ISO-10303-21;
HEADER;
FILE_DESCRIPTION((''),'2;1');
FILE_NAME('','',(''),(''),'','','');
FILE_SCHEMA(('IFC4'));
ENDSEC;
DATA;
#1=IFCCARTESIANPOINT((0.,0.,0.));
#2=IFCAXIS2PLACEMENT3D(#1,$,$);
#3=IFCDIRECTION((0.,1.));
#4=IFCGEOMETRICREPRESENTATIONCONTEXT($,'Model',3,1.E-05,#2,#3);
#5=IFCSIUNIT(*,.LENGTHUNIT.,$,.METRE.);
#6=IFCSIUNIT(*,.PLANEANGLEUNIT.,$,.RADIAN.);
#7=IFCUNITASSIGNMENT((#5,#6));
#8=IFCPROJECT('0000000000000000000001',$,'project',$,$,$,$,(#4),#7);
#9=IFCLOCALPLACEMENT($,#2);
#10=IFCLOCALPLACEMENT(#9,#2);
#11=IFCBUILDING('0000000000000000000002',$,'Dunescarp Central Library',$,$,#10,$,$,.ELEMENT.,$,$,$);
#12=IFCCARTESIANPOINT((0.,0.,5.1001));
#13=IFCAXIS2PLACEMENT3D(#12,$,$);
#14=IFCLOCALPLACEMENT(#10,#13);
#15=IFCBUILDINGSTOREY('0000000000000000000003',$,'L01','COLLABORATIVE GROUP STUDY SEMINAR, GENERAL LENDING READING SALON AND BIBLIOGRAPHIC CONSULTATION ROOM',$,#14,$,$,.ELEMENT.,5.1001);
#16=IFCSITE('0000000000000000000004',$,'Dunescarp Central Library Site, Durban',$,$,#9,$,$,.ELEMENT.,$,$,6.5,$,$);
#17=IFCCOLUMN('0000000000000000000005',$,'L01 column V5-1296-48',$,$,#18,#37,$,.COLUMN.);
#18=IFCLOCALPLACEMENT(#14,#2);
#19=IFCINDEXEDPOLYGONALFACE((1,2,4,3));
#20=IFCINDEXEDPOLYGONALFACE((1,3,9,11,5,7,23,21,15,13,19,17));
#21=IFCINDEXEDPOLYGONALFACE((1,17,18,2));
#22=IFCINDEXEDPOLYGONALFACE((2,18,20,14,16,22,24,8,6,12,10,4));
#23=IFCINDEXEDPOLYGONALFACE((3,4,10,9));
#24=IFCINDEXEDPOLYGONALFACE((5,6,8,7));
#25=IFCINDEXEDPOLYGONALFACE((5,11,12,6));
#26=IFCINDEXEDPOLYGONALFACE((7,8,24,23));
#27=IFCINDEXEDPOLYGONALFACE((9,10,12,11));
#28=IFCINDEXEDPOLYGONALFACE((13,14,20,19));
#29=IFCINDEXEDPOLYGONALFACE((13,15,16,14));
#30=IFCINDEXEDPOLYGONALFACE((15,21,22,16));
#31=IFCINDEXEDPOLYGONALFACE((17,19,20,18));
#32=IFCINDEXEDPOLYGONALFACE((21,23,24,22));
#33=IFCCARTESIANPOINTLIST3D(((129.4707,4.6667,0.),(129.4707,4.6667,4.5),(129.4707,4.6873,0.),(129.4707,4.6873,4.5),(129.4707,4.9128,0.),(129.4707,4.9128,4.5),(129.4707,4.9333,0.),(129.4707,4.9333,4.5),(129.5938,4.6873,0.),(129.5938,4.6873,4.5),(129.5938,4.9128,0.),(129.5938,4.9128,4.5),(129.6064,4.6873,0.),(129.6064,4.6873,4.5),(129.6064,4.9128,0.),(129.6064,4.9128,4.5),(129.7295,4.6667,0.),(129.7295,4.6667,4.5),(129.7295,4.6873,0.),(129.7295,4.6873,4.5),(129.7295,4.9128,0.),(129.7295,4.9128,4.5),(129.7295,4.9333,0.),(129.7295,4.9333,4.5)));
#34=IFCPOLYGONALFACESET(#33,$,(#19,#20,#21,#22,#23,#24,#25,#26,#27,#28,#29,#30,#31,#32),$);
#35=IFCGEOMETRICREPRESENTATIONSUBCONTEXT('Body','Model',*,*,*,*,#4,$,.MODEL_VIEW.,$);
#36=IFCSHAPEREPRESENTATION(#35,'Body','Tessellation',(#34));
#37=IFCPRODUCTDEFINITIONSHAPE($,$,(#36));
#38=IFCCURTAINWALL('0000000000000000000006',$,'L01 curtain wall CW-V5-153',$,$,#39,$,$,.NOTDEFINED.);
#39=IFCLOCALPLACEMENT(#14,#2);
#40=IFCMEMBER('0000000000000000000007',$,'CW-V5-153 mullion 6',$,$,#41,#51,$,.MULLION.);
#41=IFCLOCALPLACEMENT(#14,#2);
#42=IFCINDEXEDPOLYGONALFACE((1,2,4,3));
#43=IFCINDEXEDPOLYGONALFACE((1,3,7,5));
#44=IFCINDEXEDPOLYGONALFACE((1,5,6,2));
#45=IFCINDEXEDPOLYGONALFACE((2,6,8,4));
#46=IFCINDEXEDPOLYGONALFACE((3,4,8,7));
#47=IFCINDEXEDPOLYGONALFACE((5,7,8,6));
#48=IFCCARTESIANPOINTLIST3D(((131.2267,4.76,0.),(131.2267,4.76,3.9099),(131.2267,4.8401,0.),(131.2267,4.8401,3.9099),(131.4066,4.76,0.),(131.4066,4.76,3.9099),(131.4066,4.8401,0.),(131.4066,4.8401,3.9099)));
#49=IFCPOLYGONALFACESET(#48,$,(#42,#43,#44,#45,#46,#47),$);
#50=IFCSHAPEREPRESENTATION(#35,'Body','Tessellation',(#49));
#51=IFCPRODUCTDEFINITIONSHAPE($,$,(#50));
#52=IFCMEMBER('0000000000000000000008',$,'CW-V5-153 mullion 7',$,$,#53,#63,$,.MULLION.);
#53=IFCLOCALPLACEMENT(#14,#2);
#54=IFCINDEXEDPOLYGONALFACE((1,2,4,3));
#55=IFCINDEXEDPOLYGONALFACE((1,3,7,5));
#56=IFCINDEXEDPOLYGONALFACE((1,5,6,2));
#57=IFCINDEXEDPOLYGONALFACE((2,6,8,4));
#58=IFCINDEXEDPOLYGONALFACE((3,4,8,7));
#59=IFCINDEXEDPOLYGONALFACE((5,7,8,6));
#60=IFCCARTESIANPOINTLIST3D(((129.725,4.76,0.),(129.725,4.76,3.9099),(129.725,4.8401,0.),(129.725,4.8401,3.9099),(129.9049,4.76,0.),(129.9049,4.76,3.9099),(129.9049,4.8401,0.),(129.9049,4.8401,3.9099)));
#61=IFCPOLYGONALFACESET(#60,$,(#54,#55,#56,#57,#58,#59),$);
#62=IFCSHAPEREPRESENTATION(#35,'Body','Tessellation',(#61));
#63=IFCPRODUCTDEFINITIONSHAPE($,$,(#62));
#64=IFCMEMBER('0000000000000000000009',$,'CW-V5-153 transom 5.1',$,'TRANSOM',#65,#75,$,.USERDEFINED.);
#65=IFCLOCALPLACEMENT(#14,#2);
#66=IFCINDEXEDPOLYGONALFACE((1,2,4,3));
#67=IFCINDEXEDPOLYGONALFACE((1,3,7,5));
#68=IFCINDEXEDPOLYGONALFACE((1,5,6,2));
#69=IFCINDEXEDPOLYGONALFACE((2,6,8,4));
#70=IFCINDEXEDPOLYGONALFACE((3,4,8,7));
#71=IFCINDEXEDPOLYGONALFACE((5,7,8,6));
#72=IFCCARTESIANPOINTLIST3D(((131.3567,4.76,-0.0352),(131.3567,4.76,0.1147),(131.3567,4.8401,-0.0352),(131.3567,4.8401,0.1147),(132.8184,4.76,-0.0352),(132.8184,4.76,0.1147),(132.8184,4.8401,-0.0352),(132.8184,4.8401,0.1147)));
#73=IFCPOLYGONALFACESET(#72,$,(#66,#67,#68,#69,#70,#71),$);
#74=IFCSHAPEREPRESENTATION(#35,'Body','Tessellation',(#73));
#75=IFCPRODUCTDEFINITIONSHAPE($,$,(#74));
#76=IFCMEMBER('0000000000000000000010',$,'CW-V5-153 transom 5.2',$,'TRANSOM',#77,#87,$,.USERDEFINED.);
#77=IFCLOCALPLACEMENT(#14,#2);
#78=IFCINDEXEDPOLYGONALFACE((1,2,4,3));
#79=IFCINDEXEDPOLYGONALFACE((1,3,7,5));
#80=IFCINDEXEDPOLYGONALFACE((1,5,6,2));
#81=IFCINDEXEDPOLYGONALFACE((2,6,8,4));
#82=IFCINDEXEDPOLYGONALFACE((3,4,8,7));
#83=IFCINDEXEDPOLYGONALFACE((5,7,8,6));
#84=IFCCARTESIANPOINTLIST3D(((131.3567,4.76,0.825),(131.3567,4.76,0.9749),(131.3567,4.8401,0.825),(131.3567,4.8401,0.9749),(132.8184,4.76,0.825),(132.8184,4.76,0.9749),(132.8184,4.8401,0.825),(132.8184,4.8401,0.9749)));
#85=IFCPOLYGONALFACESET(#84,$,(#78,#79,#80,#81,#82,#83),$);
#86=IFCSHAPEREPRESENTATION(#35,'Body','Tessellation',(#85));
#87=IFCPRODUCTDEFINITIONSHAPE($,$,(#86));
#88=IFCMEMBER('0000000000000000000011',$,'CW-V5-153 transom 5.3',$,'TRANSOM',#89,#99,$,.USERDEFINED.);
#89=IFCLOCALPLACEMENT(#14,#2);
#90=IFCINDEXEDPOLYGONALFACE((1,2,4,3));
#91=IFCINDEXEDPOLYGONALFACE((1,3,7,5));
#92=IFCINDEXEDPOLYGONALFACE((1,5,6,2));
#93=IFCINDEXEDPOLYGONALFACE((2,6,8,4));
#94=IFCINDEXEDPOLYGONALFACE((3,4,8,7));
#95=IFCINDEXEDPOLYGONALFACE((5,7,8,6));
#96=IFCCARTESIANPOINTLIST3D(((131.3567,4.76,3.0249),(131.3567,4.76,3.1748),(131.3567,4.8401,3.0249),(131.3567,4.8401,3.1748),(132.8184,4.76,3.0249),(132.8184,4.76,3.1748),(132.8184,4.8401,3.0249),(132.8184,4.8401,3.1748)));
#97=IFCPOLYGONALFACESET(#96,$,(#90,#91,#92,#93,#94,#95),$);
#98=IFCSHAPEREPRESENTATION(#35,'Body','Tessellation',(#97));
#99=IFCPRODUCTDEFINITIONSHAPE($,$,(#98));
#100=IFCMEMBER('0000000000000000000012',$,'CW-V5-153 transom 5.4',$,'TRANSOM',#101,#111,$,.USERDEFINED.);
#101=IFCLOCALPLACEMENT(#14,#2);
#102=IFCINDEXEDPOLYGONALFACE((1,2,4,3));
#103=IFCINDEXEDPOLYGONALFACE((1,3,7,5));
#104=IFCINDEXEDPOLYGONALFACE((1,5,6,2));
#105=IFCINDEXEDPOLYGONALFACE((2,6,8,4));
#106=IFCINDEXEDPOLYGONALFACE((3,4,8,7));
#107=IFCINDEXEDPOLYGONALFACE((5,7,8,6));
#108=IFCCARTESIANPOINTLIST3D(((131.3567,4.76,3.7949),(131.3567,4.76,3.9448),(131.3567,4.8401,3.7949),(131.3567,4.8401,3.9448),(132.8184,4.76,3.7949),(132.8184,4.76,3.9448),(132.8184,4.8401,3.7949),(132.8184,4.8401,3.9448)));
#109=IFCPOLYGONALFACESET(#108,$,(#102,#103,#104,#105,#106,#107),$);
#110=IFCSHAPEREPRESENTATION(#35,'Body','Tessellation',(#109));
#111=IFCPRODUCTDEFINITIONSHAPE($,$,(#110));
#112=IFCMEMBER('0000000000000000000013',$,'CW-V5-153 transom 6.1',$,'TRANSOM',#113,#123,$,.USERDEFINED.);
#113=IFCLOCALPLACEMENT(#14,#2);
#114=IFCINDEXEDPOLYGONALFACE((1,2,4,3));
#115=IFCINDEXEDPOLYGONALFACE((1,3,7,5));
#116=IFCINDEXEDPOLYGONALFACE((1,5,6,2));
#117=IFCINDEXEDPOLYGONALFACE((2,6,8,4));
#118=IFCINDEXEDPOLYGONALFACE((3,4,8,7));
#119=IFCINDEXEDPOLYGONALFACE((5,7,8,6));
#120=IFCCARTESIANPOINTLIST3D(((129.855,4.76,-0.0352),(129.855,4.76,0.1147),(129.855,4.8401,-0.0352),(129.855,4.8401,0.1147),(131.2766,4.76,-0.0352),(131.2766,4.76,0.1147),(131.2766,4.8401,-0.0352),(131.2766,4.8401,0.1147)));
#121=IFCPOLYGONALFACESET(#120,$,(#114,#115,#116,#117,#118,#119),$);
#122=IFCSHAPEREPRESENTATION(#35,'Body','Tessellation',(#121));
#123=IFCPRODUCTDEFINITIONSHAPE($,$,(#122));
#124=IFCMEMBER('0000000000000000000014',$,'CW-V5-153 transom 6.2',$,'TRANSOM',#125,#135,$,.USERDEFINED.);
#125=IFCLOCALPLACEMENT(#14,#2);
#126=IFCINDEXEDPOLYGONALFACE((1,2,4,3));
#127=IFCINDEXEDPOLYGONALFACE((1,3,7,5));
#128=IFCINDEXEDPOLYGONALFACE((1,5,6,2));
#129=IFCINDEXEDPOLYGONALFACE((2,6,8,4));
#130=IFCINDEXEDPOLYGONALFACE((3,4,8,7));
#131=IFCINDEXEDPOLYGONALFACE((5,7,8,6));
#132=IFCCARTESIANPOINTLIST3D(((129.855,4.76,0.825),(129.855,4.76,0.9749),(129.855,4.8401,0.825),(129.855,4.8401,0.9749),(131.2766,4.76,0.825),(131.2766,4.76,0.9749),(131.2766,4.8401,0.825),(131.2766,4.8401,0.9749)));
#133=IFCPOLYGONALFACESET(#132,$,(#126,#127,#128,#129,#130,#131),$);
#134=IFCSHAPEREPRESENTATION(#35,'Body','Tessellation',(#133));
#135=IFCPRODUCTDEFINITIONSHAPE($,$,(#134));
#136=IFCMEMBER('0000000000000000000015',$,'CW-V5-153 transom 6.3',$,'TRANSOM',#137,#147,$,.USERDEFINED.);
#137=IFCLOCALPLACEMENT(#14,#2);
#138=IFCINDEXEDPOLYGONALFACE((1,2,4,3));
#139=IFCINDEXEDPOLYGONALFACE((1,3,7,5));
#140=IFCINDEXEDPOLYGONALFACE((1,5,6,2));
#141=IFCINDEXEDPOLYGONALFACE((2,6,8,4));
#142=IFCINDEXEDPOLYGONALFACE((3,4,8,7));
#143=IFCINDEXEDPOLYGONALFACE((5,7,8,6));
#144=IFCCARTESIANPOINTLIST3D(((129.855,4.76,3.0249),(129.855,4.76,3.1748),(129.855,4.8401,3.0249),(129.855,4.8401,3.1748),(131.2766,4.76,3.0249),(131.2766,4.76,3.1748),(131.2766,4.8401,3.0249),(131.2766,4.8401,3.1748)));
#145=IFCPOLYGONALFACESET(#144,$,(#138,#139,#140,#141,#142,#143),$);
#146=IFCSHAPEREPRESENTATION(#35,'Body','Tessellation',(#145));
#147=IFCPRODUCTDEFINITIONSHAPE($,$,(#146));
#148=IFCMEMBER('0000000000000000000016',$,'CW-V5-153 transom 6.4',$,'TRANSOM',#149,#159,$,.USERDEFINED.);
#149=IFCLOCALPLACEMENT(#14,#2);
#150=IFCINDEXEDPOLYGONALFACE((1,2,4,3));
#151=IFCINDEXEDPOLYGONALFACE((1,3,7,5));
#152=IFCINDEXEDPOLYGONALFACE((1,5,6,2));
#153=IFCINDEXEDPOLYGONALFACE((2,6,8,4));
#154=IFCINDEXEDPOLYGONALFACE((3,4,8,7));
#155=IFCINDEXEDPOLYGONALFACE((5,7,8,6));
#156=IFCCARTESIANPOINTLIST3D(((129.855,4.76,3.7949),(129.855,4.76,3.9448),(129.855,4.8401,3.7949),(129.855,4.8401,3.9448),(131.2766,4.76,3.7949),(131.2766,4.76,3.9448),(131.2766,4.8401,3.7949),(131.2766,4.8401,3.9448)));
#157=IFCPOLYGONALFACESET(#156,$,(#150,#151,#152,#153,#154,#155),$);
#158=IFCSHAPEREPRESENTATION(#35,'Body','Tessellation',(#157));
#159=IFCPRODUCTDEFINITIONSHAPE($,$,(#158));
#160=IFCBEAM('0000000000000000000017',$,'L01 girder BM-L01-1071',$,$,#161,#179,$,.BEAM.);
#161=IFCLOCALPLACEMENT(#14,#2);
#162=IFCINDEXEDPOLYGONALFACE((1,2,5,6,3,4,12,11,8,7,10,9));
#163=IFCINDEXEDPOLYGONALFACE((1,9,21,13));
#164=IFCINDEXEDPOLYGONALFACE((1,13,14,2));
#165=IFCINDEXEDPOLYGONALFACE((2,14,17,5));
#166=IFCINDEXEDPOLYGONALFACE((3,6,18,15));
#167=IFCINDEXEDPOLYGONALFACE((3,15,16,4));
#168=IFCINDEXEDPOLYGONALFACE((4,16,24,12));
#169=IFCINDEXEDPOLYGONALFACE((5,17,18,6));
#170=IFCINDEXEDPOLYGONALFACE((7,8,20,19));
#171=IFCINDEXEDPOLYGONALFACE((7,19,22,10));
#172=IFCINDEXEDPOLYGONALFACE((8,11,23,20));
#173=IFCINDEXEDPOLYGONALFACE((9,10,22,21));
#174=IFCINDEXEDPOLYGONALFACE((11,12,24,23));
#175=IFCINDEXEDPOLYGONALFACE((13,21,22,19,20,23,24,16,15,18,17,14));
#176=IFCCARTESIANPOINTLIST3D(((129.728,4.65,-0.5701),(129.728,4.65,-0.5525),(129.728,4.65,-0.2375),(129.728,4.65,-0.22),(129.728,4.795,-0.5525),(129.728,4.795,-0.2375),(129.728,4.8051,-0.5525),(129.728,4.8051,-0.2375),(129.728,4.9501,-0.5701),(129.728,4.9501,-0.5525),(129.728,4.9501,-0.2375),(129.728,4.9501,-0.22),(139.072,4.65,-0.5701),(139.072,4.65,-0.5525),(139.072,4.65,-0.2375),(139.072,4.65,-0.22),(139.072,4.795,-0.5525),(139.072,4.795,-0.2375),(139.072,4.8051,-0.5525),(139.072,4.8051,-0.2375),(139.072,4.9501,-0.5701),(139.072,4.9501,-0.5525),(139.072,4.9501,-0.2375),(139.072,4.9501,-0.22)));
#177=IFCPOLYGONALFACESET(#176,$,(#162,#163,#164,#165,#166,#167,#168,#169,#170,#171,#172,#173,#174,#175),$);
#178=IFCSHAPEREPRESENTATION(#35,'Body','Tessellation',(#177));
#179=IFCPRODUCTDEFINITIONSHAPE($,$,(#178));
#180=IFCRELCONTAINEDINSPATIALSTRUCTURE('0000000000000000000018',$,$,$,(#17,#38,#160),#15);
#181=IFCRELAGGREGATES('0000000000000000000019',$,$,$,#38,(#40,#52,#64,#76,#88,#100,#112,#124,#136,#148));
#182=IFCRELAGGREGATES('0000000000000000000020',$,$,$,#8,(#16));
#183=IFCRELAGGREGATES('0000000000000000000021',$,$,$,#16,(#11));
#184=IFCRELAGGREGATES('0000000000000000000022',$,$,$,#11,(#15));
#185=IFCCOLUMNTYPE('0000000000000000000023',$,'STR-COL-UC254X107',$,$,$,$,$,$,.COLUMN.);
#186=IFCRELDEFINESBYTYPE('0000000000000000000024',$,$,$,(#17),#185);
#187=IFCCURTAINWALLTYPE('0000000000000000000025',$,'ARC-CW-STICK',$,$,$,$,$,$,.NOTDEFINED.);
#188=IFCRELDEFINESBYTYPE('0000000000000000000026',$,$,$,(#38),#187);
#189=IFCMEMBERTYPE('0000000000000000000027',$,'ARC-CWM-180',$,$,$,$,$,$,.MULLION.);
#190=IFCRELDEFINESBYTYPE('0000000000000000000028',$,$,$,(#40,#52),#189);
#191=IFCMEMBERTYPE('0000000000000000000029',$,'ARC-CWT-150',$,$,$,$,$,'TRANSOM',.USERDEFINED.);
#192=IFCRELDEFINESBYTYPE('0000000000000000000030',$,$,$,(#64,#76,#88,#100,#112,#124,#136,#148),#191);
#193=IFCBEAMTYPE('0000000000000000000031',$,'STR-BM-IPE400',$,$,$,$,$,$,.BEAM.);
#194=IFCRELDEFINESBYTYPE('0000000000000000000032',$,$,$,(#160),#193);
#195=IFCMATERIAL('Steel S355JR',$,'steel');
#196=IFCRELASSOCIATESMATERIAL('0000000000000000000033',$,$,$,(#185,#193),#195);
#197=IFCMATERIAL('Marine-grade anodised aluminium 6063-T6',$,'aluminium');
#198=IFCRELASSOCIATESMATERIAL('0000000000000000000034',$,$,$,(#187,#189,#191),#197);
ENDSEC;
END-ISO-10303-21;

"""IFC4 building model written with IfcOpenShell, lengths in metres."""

from ifc_helpers import new_model, si_unit, direction, frame, origin, origin_2d, place, context, subcontext, project, spatial, rectangle, i_section, extrude, material, material_profile, profile_set, type_object, element, aggregate, save


model = new_model("IFC4")

# Units and contexts
model_context = context("Model", 3, precision=1e-05, world=origin(), true_north=direction((0.0, 1.0)))
body_context = subcontext(model_context, "Body", "Model", "MODEL_VIEW")
ifc_project = project(units=[si_unit("LENGTHUNIT", "METRE"), si_unit("PLANEANGLEUNIT", "RADIAN")], contexts=[model_context])

# Site, building, storey
site_placement = place(None, origin())
site = spatial("IfcSite", under=ifc_project, at=site_placement, Name="Dunescarp Central Library Site, Durban", CompositionType="ELEMENT", RefElevation=6.5)
building_placement = place(site_placement, origin())
building = spatial("IfcBuilding", under=site, at=building_placement, Name="Dunescarp Central Library", CompositionType="ELEMENT")
storey_placement = place(building_placement, frame((0.0, 0.0, 5.1001)))
storey = spatial("IfcBuildingStorey", under=building, at=storey_placement, Name="L01", Description="COLLABORATIVE GROUP STUDY SEMINAR, GENERAL LENDING READING SALON AND BIBLIOGRAPHIC CONSULTATION ROOM", CompositionType="ELEMENT", Elevation=5.1001)

# Column
ifc_material_1 = material(Name="Steel S355JR", Category="steel")
ifc_material_profile_1 = material_profile(ifc_material_1, i_section(OverallWidth=0.2588, OverallDepth=0.2666, WebThickness=0.0127, FlangeThickness=0.0205, at=origin_2d()), Name="UC 254x254x107")
ifc_profile_set_1 = profile_set([ifc_material_profile_1], Name="Steel S355JR")
column_type = type_object("IfcColumnType", Name="STR-COL-UC254X107", PredefinedType="COLUMN", material=ifc_profile_set_1)
column_placement = place(storey_placement, frame((129.6001, 4.8, 0.0), z_axis=(0.0, 0.0, 1.0), x_axis=(1.0, 0.0, 0.0)))
element("IfcColumn", 1, at=column_placement, inside=storey, type_object=column_type, Name="L01 column V5-1296-48", PredefinedType="COLUMN", context=body_context, shape_type="SweptSolid", body=[
    extrude(i_section(OverallWidth=0.2588, OverallDepth=0.2666, WebThickness=0.0127, FlangeThickness=0.0205, at=origin_2d()), origin(), (0.0, 0.0, 1.0), 4.5),
])

# Curtain wall, members
ifc_material_2 = material(Name="Marine-grade anodised aluminium 6063-T6", Category="aluminium")
curtain_wall_type = type_object("IfcCurtainWallType", Name="ARC-CW-STICK", PredefinedType="NOTDEFINED", material=ifc_material_2)
curtain_wall_placement = place(storey_placement, origin())
curtain_wall = element("IfcCurtainWall", 2, at=curtain_wall_placement, inside=storey, type_object=curtain_wall_type, Name="L01 curtain wall CW-V5-153", PredefinedType="NOTDEFINED")
ifc_material_profile_2 = material_profile(ifc_material_2, rectangle(XDim=0.0801, YDim=0.1799, at=origin_2d()), Name="AL 80x180")
ifc_profile_set_2 = profile_set([ifc_material_profile_2], Name="Marine-grade anodised aluminium 6063-T6")
member_type_1 = type_object("IfcMemberType", Name="ARC-CWM-180", PredefinedType="MULLION", material=ifc_profile_set_2)
member_1_placement = place(storey_placement, frame((131.3167, 4.8, 0.0), z_axis=(0.0, 0.0, 1.0), x_axis=(0.0, -1.0, 0.0)))
member_1 = element("IfcMember", 3, at=member_1_placement, type_object=member_type_1, Name="CW-V5-153 mullion 6", PredefinedType="MULLION", context=body_context, shape_type="SweptSolid", body=[
    extrude(rectangle(XDim=0.0801, YDim=0.1799, at=origin_2d()), origin(), (0.0, 0.0, 1.0), 3.9099),
])
member_2_placement = place(storey_placement, frame((129.8149, 4.8, 0.0), z_axis=(0.0, 0.0, 1.0), x_axis=(0.0, -1.0, 0.0)))
member_2 = element("IfcMember", 4, at=member_2_placement, type_object=member_type_1, Name="CW-V5-153 mullion 7", PredefinedType="MULLION", context=body_context, shape_type="SweptSolid", body=[
    extrude(rectangle(XDim=0.0801, YDim=0.1799, at=origin_2d()), origin(), (0.0, 0.0, 1.0), 3.9099),
])
ifc_material_profile_3 = material_profile(ifc_material_2, rectangle(XDim=0.0801, YDim=0.1499, at=origin_2d()), Name="AL 80x150")
ifc_profile_set_3 = profile_set([ifc_material_profile_3], Name="Marine-grade anodised aluminium 6063-T6")
member_type_2 = type_object("IfcMemberType", Name="ARC-CWT-150", ElementType="TRANSOM", PredefinedType="USERDEFINED", material=ifc_profile_set_3)
member_3_placement = place(storey_placement, frame((132.8184, 4.8, 0.0398), z_axis=(-1.0, 0.0, 0.0), x_axis=(0.0, -1.0, 0.0)))
member_3 = element("IfcMember", 5, at=member_3_placement, type_object=member_type_2, Name="CW-V5-153 transom 5.1", ObjectType="TRANSOM", PredefinedType="USERDEFINED", context=body_context, shape_type="SweptSolid", body=[
    extrude(rectangle(XDim=0.0801, YDim=0.1499, at=origin_2d()), origin(), (0.0, 0.0, 1.0), 1.4617),
])
member_4_placement = place(storey_placement, frame((132.8184, 4.8, 0.8999), z_axis=(-1.0, 0.0, 0.0), x_axis=(0.0, -1.0, 0.0)))
member_4 = element("IfcMember", 6, at=member_4_placement, type_object=member_type_2, Name="CW-V5-153 transom 5.2", ObjectType="TRANSOM", PredefinedType="USERDEFINED", context=body_context, shape_type="SweptSolid", body=[
    extrude(rectangle(XDim=0.0801, YDim=0.1499, at=origin_2d()), origin(), (0.0, 0.0, 1.0), 1.4617),
])
member_5_placement = place(storey_placement, frame((132.8184, 4.8, 3.0999), z_axis=(-1.0, 0.0, 0.0), x_axis=(0.0, -1.0, 0.0)))
member_5 = element("IfcMember", 7, at=member_5_placement, type_object=member_type_2, Name="CW-V5-153 transom 5.3", ObjectType="TRANSOM", PredefinedType="USERDEFINED", context=body_context, shape_type="SweptSolid", body=[
    extrude(rectangle(XDim=0.0801, YDim=0.1499, at=origin_2d()), origin(), (0.0, 0.0, 1.0), 1.4617),
])
member_6_placement = place(storey_placement, frame((132.8184, 4.8, 3.8699), z_axis=(-1.0, 0.0, 0.0), x_axis=(0.0, -1.0, 0.0)))
member_6 = element("IfcMember", 8, at=member_6_placement, type_object=member_type_2, Name="CW-V5-153 transom 5.4", ObjectType="TRANSOM", PredefinedType="USERDEFINED", context=body_context, shape_type="SweptSolid", body=[
    extrude(rectangle(XDim=0.0801, YDim=0.1499, at=origin_2d()), origin(), (0.0, 0.0, 1.0), 1.4617),
])
member_7_placement = place(storey_placement, frame((131.2766, 4.8, 0.0398), z_axis=(-1.0, 0.0, 0.0), x_axis=(0.0, -1.0, 0.0)))
member_7 = element("IfcMember", 9, at=member_7_placement, type_object=member_type_2, Name="CW-V5-153 transom 6.1", ObjectType="TRANSOM", PredefinedType="USERDEFINED", context=body_context, shape_type="SweptSolid", body=[
    extrude(rectangle(XDim=0.0801, YDim=0.1499, at=origin_2d()), origin(), (0.0, 0.0, 1.0), 1.4216),
])
member_8_placement = place(storey_placement, frame((131.2766, 4.8, 0.8999), z_axis=(-1.0, 0.0, 0.0), x_axis=(0.0, -1.0, 0.0)))
member_8 = element("IfcMember", 10, at=member_8_placement, type_object=member_type_2, Name="CW-V5-153 transom 6.2", ObjectType="TRANSOM", PredefinedType="USERDEFINED", context=body_context, shape_type="SweptSolid", body=[
    extrude(rectangle(XDim=0.0801, YDim=0.1499, at=origin_2d()), origin(), (0.0, 0.0, 1.0), 1.4216),
])
member_9_placement = place(storey_placement, frame((131.2766, 4.8, 3.0999), z_axis=(-1.0, 0.0, 0.0), x_axis=(0.0, -1.0, 0.0)))
member_9 = element("IfcMember", 11, at=member_9_placement, type_object=member_type_2, Name="CW-V5-153 transom 6.3", ObjectType="TRANSOM", PredefinedType="USERDEFINED", context=body_context, shape_type="SweptSolid", body=[
    extrude(rectangle(XDim=0.0801, YDim=0.1499, at=origin_2d()), origin(), (0.0, 0.0, 1.0), 1.4216),
])
member_10_placement = place(storey_placement, frame((131.2766, 4.8, 3.8699), z_axis=(-1.0, 0.0, 0.0), x_axis=(0.0, -1.0, 0.0)))
member_10 = element("IfcMember", 12, at=member_10_placement, type_object=member_type_2, Name="CW-V5-153 transom 6.4", ObjectType="TRANSOM", PredefinedType="USERDEFINED", context=body_context, shape_type="SweptSolid", body=[
    extrude(rectangle(XDim=0.0801, YDim=0.1499, at=origin_2d()), origin(), (0.0, 0.0, 1.0), 1.4216),
])

# Beam
ifc_material_profile_4 = material_profile(ifc_material_1, i_section(OverallWidth=0.3, OverallDepth=0.3501, WebThickness=0.01, FlangeThickness=0.0176, at=origin_2d()), Name="HEA 360")
ifc_profile_set_4 = profile_set([ifc_material_profile_4], Name="Steel S355JR")
beam_type_1 = type_object("IfcBeamType", Name="STR-BM-IPE400", PredefinedType="BEAM", material=ifc_profile_set_4)
beam_1_placement = place(storey_placement, frame((129.728, 4.8, -0.395), z_axis=(1.0, 0.0, 0.0), x_axis=(0.0, 1.0, 0.0)))
element("IfcBeam", 13, at=beam_1_placement, inside=storey, type_object=beam_type_1, Name="L01 girder BM-L01-1071", PredefinedType="BEAM", context=body_context, shape_type="SweptSolid", body=[
    extrude(i_section(OverallWidth=0.3, OverallDepth=0.3501, WebThickness=0.01, FlangeThickness=0.0176, at=origin_2d()), origin(), (0.0, 0.0, 1.0), 9.344),
])

aggregate(curtain_wall, [member_1, member_2, member_3, member_4, member_5, member_6, member_7, member_8, member_9, member_10])

save(model, "model.ifc")
